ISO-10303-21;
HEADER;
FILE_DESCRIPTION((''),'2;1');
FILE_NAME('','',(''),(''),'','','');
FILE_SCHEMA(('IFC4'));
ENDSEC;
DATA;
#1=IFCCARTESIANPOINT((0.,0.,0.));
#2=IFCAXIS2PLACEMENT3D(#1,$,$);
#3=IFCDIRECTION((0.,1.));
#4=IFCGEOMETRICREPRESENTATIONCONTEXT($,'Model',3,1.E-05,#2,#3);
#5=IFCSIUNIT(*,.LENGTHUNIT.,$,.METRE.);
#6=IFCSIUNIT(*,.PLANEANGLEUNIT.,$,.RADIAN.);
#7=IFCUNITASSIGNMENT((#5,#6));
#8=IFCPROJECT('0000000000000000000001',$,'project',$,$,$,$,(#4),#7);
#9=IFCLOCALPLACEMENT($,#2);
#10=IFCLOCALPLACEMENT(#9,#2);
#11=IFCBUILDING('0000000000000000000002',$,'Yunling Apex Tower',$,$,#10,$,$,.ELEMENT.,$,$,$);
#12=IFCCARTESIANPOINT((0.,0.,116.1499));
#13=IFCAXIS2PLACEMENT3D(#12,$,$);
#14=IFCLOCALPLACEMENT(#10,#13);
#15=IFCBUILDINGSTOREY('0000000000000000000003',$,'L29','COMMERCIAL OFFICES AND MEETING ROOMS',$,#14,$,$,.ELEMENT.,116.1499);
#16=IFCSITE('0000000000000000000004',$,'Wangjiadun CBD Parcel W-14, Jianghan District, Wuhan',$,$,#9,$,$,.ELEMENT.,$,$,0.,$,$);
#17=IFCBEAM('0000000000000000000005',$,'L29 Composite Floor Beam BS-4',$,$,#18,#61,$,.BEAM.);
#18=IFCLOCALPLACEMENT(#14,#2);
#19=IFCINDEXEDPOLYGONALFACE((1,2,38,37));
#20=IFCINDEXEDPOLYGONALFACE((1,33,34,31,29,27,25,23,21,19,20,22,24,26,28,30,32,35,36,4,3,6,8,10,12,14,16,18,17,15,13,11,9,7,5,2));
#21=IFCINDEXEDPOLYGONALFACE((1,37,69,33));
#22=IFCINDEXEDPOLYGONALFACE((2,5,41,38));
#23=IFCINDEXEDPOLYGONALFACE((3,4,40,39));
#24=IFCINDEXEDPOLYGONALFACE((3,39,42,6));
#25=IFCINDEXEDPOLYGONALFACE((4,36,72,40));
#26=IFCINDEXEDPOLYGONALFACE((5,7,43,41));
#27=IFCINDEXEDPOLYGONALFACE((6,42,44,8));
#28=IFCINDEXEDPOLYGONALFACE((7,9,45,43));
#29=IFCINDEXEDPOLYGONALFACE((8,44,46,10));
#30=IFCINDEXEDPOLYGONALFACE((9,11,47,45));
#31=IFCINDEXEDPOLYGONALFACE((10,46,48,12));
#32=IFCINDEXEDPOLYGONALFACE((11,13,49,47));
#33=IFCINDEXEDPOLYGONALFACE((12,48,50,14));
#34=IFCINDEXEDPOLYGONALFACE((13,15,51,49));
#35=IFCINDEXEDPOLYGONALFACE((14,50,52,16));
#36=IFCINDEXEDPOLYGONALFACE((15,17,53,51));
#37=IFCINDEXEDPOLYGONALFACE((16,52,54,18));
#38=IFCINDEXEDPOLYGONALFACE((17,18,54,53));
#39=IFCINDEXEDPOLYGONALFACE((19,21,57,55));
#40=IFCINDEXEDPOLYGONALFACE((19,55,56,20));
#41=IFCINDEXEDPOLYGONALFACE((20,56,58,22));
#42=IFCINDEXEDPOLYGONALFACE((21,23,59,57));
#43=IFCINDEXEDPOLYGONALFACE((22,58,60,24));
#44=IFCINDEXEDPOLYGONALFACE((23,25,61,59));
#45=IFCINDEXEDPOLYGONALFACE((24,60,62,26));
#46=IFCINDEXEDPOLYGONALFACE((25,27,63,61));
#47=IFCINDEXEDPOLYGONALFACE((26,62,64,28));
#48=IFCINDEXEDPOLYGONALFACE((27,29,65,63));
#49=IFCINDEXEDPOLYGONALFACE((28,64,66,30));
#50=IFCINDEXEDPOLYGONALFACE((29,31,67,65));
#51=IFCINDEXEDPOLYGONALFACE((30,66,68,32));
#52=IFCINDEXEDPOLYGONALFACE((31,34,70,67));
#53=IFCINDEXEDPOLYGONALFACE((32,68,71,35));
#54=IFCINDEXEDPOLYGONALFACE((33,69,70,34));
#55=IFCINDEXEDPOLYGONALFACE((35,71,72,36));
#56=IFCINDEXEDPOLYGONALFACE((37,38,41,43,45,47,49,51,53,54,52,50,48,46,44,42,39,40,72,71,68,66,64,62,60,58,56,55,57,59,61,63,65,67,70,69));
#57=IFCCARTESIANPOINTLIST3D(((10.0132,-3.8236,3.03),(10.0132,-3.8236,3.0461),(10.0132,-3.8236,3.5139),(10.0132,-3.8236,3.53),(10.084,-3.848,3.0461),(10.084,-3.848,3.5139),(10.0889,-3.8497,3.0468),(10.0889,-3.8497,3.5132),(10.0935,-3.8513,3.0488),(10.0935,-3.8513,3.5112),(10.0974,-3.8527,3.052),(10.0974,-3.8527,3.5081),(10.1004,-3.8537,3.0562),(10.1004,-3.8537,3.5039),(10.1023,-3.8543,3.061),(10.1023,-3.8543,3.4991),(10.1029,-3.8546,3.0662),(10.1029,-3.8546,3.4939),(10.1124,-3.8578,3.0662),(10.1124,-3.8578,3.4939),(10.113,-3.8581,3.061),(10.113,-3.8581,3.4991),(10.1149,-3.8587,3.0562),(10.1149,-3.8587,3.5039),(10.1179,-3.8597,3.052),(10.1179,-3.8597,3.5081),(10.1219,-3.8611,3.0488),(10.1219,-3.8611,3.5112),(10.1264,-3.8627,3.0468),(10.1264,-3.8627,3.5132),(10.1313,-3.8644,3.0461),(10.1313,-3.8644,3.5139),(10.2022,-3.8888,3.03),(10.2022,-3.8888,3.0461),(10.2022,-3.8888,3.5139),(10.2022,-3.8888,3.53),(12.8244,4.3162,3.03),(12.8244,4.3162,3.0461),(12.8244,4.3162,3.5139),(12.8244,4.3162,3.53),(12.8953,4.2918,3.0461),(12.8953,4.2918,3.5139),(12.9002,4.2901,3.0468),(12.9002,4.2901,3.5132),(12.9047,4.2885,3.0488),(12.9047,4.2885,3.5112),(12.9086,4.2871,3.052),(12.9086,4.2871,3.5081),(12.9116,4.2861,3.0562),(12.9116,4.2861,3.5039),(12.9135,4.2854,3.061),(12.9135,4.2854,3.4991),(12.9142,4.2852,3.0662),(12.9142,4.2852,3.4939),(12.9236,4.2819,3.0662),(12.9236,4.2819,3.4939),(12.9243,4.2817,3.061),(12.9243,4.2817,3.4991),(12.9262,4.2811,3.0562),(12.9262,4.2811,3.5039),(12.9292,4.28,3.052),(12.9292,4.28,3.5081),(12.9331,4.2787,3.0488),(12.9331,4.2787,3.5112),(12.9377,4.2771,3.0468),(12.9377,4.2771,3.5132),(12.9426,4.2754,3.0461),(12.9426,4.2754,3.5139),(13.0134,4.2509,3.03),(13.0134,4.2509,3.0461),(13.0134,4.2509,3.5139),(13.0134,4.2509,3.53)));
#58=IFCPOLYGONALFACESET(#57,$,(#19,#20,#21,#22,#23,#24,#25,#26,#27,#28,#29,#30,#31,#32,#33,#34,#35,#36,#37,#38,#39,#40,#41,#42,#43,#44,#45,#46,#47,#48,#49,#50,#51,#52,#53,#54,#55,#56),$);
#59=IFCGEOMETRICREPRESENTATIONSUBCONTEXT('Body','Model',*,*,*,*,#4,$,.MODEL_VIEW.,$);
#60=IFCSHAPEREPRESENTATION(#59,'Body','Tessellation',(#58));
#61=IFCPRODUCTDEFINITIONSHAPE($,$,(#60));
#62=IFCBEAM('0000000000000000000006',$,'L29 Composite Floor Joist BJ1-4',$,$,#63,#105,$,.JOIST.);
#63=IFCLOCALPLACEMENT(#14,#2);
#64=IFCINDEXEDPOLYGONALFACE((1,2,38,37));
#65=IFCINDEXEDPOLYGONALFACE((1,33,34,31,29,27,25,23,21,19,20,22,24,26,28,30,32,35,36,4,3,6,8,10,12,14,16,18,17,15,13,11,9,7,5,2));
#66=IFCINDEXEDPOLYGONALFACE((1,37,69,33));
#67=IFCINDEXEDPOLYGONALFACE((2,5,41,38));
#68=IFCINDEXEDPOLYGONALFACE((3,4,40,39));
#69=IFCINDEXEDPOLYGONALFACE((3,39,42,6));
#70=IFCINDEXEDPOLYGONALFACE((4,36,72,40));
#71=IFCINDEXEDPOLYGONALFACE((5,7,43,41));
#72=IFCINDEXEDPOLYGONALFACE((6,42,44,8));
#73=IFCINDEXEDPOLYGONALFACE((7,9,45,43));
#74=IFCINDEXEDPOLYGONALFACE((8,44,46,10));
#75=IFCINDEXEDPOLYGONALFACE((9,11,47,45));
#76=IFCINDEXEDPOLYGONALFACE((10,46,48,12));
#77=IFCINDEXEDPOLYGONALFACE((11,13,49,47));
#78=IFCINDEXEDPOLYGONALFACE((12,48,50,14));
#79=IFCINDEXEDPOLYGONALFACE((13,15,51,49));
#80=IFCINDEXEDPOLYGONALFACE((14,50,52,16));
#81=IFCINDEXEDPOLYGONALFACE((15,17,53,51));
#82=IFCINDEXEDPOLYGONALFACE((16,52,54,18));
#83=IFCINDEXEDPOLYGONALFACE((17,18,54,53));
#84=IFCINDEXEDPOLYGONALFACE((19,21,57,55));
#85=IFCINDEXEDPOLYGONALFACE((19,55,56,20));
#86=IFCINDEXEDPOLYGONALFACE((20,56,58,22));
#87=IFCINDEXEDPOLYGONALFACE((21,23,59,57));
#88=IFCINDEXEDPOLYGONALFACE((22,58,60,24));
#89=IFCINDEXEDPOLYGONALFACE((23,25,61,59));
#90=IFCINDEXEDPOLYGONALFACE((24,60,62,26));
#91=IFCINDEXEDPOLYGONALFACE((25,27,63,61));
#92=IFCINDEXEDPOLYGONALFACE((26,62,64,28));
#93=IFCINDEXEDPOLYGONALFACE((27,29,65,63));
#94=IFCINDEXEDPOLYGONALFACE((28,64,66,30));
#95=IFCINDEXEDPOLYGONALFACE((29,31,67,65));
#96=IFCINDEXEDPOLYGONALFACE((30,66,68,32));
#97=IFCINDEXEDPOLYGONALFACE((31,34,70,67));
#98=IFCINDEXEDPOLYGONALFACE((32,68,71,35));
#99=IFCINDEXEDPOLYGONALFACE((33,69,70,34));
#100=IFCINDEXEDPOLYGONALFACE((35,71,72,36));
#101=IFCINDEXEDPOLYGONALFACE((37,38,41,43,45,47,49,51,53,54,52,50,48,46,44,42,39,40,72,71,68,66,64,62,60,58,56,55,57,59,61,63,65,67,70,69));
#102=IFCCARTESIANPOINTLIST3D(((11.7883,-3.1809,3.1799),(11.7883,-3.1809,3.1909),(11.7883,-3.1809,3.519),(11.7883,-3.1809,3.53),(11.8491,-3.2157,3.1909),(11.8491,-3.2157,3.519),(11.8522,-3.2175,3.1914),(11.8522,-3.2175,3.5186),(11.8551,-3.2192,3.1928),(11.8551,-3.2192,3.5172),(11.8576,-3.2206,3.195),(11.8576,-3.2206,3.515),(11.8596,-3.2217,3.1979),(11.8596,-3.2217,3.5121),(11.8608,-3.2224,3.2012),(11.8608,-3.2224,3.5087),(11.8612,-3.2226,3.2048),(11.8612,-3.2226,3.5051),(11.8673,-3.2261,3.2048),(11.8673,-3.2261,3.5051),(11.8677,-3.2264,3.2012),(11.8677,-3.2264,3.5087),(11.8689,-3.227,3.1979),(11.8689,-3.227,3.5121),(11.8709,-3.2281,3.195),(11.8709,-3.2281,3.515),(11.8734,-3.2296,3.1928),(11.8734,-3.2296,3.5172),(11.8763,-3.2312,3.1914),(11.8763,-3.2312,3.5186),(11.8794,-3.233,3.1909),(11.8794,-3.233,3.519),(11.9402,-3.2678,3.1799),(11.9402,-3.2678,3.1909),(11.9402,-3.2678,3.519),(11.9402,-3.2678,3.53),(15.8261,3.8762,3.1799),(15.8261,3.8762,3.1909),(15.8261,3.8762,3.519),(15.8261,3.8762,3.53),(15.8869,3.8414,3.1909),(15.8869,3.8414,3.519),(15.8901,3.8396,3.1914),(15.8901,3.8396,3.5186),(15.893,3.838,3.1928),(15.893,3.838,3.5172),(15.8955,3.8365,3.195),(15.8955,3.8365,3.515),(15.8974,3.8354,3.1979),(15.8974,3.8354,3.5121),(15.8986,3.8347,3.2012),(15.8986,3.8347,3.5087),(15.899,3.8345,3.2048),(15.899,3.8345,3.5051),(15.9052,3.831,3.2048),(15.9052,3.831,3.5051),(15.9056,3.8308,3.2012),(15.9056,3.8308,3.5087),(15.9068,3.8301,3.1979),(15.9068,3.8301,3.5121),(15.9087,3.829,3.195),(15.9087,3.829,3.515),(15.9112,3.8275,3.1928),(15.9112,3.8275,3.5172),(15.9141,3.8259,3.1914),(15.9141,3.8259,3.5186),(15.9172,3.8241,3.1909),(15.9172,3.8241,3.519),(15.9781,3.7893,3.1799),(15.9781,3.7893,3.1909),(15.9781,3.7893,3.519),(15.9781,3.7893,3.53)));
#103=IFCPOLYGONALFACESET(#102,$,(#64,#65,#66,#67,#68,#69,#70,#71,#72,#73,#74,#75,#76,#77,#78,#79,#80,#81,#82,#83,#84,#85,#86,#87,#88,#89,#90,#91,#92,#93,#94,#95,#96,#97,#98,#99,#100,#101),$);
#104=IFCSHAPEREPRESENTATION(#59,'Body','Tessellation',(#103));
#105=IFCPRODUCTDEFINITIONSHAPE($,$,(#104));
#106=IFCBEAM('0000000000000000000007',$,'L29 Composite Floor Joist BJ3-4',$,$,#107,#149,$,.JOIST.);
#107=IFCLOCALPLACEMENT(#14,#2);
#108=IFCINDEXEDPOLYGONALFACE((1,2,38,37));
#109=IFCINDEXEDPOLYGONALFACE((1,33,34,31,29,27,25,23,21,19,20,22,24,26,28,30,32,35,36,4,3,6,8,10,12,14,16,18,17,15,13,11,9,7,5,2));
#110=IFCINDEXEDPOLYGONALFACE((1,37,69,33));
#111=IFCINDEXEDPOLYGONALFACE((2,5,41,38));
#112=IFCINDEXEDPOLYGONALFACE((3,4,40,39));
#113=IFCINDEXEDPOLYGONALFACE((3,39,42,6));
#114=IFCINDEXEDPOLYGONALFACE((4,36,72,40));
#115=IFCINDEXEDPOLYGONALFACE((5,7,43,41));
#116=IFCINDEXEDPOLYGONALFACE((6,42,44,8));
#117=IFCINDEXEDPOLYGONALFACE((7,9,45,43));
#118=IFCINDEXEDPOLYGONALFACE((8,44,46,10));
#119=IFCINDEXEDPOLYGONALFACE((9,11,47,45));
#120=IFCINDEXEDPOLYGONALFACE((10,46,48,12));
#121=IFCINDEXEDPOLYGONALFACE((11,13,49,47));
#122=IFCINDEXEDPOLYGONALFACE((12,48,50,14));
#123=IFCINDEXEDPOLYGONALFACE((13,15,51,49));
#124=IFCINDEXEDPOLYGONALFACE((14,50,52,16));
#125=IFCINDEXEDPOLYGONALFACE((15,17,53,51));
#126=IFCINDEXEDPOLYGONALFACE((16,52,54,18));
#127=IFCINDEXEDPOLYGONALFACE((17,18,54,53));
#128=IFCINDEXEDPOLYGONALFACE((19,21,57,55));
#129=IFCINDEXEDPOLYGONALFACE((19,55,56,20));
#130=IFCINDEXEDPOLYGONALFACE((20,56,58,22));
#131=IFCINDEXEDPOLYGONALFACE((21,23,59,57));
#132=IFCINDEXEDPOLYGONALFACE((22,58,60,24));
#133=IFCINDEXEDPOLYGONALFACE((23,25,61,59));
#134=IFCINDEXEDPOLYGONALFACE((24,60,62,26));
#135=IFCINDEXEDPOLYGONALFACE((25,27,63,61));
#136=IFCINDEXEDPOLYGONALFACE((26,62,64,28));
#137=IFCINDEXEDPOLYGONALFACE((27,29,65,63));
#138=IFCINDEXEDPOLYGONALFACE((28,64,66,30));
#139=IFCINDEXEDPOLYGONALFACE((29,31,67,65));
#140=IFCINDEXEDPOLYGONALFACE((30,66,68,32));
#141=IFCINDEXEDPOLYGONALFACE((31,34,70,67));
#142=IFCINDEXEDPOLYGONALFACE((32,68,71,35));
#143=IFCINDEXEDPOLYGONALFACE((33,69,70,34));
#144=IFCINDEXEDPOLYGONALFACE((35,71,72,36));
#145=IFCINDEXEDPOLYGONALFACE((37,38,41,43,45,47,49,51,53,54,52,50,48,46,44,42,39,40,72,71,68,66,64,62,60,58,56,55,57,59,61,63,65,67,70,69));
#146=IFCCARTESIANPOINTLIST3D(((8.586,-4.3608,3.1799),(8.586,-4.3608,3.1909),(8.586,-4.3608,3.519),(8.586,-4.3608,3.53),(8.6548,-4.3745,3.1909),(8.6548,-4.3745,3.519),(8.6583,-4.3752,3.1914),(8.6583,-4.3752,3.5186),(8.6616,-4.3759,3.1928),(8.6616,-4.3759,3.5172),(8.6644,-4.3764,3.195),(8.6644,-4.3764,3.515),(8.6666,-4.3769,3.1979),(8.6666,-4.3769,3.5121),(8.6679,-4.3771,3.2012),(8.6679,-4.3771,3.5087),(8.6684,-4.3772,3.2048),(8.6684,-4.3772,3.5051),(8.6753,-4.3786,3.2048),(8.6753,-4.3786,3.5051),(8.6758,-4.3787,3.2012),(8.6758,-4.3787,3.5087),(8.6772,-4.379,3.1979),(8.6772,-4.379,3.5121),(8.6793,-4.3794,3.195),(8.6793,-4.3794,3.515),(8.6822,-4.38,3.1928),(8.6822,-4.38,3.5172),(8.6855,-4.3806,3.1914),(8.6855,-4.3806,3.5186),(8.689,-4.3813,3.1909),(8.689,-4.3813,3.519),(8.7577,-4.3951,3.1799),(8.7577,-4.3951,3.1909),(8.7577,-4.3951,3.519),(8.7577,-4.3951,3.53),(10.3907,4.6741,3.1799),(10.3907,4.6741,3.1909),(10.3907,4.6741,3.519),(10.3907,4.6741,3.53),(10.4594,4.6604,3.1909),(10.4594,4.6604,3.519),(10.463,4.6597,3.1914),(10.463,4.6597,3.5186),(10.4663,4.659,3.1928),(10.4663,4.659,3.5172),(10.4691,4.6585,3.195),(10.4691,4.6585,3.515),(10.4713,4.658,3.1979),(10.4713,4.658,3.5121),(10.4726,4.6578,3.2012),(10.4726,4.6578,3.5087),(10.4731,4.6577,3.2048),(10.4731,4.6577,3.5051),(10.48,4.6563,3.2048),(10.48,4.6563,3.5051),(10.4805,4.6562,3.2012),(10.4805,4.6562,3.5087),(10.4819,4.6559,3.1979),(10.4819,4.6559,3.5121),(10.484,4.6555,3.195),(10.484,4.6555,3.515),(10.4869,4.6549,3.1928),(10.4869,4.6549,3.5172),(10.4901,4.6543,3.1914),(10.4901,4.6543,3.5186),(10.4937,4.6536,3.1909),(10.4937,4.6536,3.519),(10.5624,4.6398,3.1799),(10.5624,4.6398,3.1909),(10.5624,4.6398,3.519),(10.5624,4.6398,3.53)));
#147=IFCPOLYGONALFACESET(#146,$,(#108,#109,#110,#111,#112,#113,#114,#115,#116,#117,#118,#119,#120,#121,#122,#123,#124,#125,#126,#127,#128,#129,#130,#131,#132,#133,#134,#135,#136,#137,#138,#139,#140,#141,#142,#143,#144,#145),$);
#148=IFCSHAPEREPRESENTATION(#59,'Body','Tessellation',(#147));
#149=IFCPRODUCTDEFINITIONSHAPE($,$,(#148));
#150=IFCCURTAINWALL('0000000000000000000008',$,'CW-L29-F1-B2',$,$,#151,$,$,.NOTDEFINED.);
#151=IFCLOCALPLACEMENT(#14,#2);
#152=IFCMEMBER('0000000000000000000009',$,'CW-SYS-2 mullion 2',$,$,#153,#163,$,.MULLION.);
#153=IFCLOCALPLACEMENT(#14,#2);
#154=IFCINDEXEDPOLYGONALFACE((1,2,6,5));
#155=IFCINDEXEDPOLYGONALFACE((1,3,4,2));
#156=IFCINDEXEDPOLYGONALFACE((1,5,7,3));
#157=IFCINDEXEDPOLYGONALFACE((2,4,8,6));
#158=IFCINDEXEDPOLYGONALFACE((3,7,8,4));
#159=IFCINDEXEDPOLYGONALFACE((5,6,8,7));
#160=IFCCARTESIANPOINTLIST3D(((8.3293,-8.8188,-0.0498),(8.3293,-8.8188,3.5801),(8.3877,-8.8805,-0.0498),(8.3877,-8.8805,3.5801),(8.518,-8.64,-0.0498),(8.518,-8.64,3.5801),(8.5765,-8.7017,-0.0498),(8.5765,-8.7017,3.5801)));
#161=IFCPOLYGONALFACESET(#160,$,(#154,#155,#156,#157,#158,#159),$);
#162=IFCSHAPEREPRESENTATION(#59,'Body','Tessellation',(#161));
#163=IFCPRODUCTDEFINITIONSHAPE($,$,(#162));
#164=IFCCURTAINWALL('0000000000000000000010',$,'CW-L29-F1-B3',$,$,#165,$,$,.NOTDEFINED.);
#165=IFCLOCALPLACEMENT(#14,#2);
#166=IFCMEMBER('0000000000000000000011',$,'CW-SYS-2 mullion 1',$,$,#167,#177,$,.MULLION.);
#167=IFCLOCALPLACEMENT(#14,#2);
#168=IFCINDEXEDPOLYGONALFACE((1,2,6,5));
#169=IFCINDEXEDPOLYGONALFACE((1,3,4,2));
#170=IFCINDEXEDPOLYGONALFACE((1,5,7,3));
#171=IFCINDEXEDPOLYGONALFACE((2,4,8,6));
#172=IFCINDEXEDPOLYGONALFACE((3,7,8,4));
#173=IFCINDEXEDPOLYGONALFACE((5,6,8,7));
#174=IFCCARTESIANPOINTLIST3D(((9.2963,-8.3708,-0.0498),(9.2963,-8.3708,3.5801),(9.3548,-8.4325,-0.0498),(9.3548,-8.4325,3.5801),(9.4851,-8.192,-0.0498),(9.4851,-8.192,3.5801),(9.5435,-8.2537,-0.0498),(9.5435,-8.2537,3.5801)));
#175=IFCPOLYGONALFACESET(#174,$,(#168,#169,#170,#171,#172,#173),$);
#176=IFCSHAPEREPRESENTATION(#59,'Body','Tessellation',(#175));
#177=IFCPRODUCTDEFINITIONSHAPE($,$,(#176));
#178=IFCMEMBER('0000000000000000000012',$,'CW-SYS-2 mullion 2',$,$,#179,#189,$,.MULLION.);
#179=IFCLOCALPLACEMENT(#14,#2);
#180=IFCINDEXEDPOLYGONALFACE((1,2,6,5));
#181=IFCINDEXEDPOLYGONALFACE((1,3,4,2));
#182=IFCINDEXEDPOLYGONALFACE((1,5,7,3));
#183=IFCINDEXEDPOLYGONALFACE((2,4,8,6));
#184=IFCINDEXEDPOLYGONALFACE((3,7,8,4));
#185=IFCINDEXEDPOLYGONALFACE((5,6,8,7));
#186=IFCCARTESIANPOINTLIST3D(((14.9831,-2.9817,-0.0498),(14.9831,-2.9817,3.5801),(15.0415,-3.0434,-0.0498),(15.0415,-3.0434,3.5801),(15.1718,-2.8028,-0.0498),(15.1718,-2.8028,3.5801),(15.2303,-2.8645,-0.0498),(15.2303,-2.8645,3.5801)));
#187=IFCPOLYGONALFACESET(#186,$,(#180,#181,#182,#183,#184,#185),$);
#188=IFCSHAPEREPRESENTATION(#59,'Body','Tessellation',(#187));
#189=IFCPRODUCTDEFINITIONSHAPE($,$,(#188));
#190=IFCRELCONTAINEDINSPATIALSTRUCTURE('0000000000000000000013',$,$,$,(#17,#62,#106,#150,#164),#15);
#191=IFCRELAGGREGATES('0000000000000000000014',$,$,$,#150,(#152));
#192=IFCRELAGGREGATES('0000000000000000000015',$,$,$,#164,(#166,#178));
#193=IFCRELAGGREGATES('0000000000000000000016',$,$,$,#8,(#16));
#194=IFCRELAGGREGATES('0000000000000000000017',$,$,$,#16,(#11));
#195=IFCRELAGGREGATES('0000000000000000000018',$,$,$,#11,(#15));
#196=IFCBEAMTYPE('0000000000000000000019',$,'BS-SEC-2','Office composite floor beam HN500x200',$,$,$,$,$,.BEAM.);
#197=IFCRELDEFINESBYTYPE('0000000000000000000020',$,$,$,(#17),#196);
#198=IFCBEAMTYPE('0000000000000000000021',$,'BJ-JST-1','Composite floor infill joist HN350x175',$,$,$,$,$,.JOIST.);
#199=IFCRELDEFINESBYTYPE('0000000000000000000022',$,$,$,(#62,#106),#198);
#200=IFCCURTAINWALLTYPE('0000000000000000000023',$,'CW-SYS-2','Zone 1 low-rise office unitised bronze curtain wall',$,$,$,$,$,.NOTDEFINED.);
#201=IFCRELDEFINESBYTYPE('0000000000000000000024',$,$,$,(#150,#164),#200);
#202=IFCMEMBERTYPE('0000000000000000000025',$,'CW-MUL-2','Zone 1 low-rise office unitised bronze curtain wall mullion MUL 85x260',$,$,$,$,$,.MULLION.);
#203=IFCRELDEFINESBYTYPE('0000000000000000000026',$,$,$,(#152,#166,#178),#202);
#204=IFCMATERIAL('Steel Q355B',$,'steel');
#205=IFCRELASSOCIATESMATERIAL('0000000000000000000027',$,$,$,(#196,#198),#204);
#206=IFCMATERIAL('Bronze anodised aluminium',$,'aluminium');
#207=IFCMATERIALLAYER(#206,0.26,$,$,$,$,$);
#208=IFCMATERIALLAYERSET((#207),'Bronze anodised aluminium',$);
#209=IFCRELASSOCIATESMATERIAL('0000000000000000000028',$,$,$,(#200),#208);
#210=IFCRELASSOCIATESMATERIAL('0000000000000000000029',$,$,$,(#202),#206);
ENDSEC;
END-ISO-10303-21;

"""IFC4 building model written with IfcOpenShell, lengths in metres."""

from ifc_helpers import new_model, si_unit, direction, frame, origin, origin_2d, place, context, subcontext, project, spatial, rectangle, i_section, extrude, source, transform, mapped, material, layer, layer_set, material_profile, profile_set, type_object, element, aggregate, save


model = new_model("IFC4")

# Units and contexts
model_context = context("Model", 3, precision=1e-05, world=origin(), true_north=direction((0.0, 1.0)))
body_context = subcontext(model_context, "Body", "Model", "MODEL_VIEW")
ifc_project = project(units=[si_unit("LENGTHUNIT", "METRE"), si_unit("PLANEANGLEUNIT", "RADIAN")], contexts=[model_context])

# Site, building, storey
site_placement = place(None, origin())
site = spatial("IfcSite", under=ifc_project, at=site_placement, Name="Wangjiadun CBD Parcel W-14, Jianghan District, Wuhan", CompositionType="ELEMENT", RefElevation=0.0)
building_placement = place(site_placement, origin())
building = spatial("IfcBuilding", under=site, at=building_placement, Name="Yunling Apex Tower", CompositionType="ELEMENT")
storey_placement = place(building_placement, frame((0.0, 0.0, 116.1499)))
storey = spatial("IfcBuildingStorey", under=building, at=storey_placement, Name="L29", Description="COMMERCIAL OFFICES AND MEETING ROOMS", CompositionType="ELEMENT", Elevation=116.1499)

# Beams
ifc_material_1 = material(Name="Steel Q355B", Category="steel")
ifc_material_profile_1 = material_profile(ifc_material_1, i_section(OverallWidth=0.2, OverallDepth=0.5, WebThickness=0.01, FlangeThickness=0.0161, FilletRadius=0.02, at=origin_2d()))
ifc_profile_set_1 = profile_set([ifc_material_profile_1], Name="Steel Q355B")
beam_type_1 = type_object("IfcBeamType", Name="BS-SEC-2", Description="Office composite floor beam HN500x200", PredefinedType="BEAM", material=ifc_profile_set_1)
shared_shape_1 = source(origin(), body_context, "Body", "SweptSolid", [
    extrude(i_section(OverallWidth=0.2, OverallDepth=0.5, WebThickness=0.01, FlangeThickness=0.0161, FilletRadius=0.02, at=origin_2d()), origin(), (0.0, 0.0, 1.0), 8.6116),
])
beam_1_placement = place(storey_placement, frame((10.1077, -3.8562, 3.28), z_axis=(0.326449, 0.945215, 0.0), x_axis=(-0.945215, 0.326449, 0.0)))
element("IfcBeam", 1, at=beam_1_placement, inside=storey, type_object=beam_type_1, Name="L29 Composite Floor Beam BS-4", PredefinedType="BEAM", context=body_context, shape_type="MappedRepresentation", body=[
    mapped(shared_shape_1, transform((0.0, 0.0, 0.0), scale=1.0)),
])
ifc_material_profile_2 = material_profile(ifc_material_1, i_section(OverallWidth=0.175, OverallDepth=0.3501, WebThickness=0.0071, FlangeThickness=0.011, FilletRadius=0.0139, at=origin_2d()))
ifc_profile_set_2 = profile_set([ifc_material_profile_2], Name="Steel Q355B")
beam_type_2 = type_object("IfcBeamType", Name="BJ-JST-1", Description="Composite floor infill joist HN350x175", PredefinedType="JOIST", material=ifc_profile_set_2)
shared_shape_2 = source(origin(), body_context, "Body", "SweptSolid", [
    extrude(i_section(OverallWidth=0.175, OverallDepth=0.3501, WebThickness=0.0071, FlangeThickness=0.011, FilletRadius=0.0139, at=origin_2d()), origin(), (0.0, 0.0, 1.0), 8.1306),
])
beam_2_placement = place(storey_placement, frame((11.8643, -3.2244, 3.355), z_axis=(0.496621, 0.867968, 0.0), x_axis=(-0.867968, 0.496621, 0.0)))
element("IfcBeam", 2, at=beam_2_placement, inside=storey, type_object=beam_type_2, Name="L29 Composite Floor Joist BJ1-4", PredefinedType="JOIST", context=body_context, shape_type="MappedRepresentation", body=[
    mapped(shared_shape_2, transform((0.0, 0.0, 0.0), scale=1.0)),
])
shared_shape_3 = source(origin(), body_context, "Body", "SweptSolid", [
    extrude(i_section(OverallWidth=0.175, OverallDepth=0.3501, WebThickness=0.0071, FlangeThickness=0.011, FilletRadius=0.0139, at=origin_2d()), origin(), (0.0, 0.0, 1.0), 9.2134),
])
beam_3_placement = place(storey_placement, frame((8.6719, -4.3779, 3.355), z_axis=(0.195877, 0.980629, 0.0), x_axis=(-0.980629, 0.195877, 0.0)))
element("IfcBeam", 3, at=beam_3_placement, inside=storey, type_object=beam_type_2, Name="L29 Composite Floor Joist BJ3-4", PredefinedType="JOIST", context=body_context, shape_type="MappedRepresentation", body=[
    mapped(shared_shape_3, transform((0.0, 0.0, 0.0), scale=1.0)),
])

# Curtain wall, member
ifc_material_2 = material(Name="Bronze anodised aluminium", Category="aluminium")
ifc_layer_1 = layer(ifc_material_2, 0.26)
ifc_layer_set_1 = layer_set([ifc_layer_1], Name="Bronze anodised aluminium")
curtain_wall_type = type_object("IfcCurtainWallType", Name="CW-SYS-2", Description="Zone 1 low-rise office unitised bronze curtain wall", PredefinedType="NOTDEFINED", material=ifc_layer_set_1)
curtain_wall_1_placement = place(storey_placement, origin())
curtain_wall_1 = element("IfcCurtainWall", 4, at=curtain_wall_1_placement, inside=storey, type_object=curtain_wall_type, Name="CW-L29-F1-B2", PredefinedType="NOTDEFINED")
ifc_material_profile_3 = material_profile(ifc_material_2, rectangle(XDim=0.085, YDim=0.26, at=origin_2d()))
ifc_profile_set_3 = profile_set([ifc_material_profile_3], Name="Bronze anodised aluminium")
member_type_1 = type_object("IfcMemberType", Name="CW-MUL-2", Description="Zone 1 low-rise office unitised bronze curtain wall mullion MUL 85x260", PredefinedType="MULLION", material=ifc_profile_set_3)
shared_shape_4 = source(origin(), body_context, "Body", "SweptSolid", [
    extrude(rectangle(XDim=0.085, YDim=0.26, at=origin_2d()), origin(), (0.0, 0.0, 1.0), 3.6299),
])
member_1_placement = place(storey_placement, frame((8.4529, -8.7603, -0.0498), z_axis=(0.0, 0.0, 1.0), x_axis=(-0.687844, 0.725858, 0.0)))
member_1 = element("IfcMember", 5, at=member_1_placement, type_object=member_type_1, Name="CW-SYS-2 mullion 2", PredefinedType="MULLION", context=body_context, shape_type="MappedRepresentation", body=[
    mapped(shared_shape_4, transform((0.0, 0.0, 0.0), scale=1.0)),
])
aggregate(curtain_wall_1, [member_1])

# Curtain wall, members
curtain_wall_2_placement = place(storey_placement, origin())
curtain_wall_2 = element("IfcCurtainWall", 6, at=curtain_wall_2_placement, inside=storey, type_object=curtain_wall_type, Name="CW-L29-F1-B3", PredefinedType="NOTDEFINED")
member_2_placement = place(storey_placement, frame((9.4199, -8.3123, -0.0498), z_axis=(0.0, 0.0, 1.0), x_axis=(-0.687861, 0.725842, 0.0)))
member_2 = element("IfcMember", 7, at=member_2_placement, type_object=member_type_1, Name="CW-SYS-2 mullion 1", PredefinedType="MULLION", context=body_context, shape_type="MappedRepresentation", body=[
    mapped(shared_shape_4, transform((0.0, 0.0, 0.0), scale=1.0)),
])
member_3_placement = place(storey_placement, frame((15.1067, -2.9231, -0.0498), z_axis=(0.0, 0.0, 1.0), x_axis=(-0.687861, 0.725842, 0.0)))
member_3 = element("IfcMember", 8, at=member_3_placement, type_object=member_type_1, Name="CW-SYS-2 mullion 2", PredefinedType="MULLION", context=body_context, shape_type="MappedRepresentation", body=[
    mapped(shared_shape_4, transform((0.0, 0.0, 0.0), scale=1.0)),
])

aggregate(curtain_wall_2, [member_2, member_3])

save(model, "model.ifc")
